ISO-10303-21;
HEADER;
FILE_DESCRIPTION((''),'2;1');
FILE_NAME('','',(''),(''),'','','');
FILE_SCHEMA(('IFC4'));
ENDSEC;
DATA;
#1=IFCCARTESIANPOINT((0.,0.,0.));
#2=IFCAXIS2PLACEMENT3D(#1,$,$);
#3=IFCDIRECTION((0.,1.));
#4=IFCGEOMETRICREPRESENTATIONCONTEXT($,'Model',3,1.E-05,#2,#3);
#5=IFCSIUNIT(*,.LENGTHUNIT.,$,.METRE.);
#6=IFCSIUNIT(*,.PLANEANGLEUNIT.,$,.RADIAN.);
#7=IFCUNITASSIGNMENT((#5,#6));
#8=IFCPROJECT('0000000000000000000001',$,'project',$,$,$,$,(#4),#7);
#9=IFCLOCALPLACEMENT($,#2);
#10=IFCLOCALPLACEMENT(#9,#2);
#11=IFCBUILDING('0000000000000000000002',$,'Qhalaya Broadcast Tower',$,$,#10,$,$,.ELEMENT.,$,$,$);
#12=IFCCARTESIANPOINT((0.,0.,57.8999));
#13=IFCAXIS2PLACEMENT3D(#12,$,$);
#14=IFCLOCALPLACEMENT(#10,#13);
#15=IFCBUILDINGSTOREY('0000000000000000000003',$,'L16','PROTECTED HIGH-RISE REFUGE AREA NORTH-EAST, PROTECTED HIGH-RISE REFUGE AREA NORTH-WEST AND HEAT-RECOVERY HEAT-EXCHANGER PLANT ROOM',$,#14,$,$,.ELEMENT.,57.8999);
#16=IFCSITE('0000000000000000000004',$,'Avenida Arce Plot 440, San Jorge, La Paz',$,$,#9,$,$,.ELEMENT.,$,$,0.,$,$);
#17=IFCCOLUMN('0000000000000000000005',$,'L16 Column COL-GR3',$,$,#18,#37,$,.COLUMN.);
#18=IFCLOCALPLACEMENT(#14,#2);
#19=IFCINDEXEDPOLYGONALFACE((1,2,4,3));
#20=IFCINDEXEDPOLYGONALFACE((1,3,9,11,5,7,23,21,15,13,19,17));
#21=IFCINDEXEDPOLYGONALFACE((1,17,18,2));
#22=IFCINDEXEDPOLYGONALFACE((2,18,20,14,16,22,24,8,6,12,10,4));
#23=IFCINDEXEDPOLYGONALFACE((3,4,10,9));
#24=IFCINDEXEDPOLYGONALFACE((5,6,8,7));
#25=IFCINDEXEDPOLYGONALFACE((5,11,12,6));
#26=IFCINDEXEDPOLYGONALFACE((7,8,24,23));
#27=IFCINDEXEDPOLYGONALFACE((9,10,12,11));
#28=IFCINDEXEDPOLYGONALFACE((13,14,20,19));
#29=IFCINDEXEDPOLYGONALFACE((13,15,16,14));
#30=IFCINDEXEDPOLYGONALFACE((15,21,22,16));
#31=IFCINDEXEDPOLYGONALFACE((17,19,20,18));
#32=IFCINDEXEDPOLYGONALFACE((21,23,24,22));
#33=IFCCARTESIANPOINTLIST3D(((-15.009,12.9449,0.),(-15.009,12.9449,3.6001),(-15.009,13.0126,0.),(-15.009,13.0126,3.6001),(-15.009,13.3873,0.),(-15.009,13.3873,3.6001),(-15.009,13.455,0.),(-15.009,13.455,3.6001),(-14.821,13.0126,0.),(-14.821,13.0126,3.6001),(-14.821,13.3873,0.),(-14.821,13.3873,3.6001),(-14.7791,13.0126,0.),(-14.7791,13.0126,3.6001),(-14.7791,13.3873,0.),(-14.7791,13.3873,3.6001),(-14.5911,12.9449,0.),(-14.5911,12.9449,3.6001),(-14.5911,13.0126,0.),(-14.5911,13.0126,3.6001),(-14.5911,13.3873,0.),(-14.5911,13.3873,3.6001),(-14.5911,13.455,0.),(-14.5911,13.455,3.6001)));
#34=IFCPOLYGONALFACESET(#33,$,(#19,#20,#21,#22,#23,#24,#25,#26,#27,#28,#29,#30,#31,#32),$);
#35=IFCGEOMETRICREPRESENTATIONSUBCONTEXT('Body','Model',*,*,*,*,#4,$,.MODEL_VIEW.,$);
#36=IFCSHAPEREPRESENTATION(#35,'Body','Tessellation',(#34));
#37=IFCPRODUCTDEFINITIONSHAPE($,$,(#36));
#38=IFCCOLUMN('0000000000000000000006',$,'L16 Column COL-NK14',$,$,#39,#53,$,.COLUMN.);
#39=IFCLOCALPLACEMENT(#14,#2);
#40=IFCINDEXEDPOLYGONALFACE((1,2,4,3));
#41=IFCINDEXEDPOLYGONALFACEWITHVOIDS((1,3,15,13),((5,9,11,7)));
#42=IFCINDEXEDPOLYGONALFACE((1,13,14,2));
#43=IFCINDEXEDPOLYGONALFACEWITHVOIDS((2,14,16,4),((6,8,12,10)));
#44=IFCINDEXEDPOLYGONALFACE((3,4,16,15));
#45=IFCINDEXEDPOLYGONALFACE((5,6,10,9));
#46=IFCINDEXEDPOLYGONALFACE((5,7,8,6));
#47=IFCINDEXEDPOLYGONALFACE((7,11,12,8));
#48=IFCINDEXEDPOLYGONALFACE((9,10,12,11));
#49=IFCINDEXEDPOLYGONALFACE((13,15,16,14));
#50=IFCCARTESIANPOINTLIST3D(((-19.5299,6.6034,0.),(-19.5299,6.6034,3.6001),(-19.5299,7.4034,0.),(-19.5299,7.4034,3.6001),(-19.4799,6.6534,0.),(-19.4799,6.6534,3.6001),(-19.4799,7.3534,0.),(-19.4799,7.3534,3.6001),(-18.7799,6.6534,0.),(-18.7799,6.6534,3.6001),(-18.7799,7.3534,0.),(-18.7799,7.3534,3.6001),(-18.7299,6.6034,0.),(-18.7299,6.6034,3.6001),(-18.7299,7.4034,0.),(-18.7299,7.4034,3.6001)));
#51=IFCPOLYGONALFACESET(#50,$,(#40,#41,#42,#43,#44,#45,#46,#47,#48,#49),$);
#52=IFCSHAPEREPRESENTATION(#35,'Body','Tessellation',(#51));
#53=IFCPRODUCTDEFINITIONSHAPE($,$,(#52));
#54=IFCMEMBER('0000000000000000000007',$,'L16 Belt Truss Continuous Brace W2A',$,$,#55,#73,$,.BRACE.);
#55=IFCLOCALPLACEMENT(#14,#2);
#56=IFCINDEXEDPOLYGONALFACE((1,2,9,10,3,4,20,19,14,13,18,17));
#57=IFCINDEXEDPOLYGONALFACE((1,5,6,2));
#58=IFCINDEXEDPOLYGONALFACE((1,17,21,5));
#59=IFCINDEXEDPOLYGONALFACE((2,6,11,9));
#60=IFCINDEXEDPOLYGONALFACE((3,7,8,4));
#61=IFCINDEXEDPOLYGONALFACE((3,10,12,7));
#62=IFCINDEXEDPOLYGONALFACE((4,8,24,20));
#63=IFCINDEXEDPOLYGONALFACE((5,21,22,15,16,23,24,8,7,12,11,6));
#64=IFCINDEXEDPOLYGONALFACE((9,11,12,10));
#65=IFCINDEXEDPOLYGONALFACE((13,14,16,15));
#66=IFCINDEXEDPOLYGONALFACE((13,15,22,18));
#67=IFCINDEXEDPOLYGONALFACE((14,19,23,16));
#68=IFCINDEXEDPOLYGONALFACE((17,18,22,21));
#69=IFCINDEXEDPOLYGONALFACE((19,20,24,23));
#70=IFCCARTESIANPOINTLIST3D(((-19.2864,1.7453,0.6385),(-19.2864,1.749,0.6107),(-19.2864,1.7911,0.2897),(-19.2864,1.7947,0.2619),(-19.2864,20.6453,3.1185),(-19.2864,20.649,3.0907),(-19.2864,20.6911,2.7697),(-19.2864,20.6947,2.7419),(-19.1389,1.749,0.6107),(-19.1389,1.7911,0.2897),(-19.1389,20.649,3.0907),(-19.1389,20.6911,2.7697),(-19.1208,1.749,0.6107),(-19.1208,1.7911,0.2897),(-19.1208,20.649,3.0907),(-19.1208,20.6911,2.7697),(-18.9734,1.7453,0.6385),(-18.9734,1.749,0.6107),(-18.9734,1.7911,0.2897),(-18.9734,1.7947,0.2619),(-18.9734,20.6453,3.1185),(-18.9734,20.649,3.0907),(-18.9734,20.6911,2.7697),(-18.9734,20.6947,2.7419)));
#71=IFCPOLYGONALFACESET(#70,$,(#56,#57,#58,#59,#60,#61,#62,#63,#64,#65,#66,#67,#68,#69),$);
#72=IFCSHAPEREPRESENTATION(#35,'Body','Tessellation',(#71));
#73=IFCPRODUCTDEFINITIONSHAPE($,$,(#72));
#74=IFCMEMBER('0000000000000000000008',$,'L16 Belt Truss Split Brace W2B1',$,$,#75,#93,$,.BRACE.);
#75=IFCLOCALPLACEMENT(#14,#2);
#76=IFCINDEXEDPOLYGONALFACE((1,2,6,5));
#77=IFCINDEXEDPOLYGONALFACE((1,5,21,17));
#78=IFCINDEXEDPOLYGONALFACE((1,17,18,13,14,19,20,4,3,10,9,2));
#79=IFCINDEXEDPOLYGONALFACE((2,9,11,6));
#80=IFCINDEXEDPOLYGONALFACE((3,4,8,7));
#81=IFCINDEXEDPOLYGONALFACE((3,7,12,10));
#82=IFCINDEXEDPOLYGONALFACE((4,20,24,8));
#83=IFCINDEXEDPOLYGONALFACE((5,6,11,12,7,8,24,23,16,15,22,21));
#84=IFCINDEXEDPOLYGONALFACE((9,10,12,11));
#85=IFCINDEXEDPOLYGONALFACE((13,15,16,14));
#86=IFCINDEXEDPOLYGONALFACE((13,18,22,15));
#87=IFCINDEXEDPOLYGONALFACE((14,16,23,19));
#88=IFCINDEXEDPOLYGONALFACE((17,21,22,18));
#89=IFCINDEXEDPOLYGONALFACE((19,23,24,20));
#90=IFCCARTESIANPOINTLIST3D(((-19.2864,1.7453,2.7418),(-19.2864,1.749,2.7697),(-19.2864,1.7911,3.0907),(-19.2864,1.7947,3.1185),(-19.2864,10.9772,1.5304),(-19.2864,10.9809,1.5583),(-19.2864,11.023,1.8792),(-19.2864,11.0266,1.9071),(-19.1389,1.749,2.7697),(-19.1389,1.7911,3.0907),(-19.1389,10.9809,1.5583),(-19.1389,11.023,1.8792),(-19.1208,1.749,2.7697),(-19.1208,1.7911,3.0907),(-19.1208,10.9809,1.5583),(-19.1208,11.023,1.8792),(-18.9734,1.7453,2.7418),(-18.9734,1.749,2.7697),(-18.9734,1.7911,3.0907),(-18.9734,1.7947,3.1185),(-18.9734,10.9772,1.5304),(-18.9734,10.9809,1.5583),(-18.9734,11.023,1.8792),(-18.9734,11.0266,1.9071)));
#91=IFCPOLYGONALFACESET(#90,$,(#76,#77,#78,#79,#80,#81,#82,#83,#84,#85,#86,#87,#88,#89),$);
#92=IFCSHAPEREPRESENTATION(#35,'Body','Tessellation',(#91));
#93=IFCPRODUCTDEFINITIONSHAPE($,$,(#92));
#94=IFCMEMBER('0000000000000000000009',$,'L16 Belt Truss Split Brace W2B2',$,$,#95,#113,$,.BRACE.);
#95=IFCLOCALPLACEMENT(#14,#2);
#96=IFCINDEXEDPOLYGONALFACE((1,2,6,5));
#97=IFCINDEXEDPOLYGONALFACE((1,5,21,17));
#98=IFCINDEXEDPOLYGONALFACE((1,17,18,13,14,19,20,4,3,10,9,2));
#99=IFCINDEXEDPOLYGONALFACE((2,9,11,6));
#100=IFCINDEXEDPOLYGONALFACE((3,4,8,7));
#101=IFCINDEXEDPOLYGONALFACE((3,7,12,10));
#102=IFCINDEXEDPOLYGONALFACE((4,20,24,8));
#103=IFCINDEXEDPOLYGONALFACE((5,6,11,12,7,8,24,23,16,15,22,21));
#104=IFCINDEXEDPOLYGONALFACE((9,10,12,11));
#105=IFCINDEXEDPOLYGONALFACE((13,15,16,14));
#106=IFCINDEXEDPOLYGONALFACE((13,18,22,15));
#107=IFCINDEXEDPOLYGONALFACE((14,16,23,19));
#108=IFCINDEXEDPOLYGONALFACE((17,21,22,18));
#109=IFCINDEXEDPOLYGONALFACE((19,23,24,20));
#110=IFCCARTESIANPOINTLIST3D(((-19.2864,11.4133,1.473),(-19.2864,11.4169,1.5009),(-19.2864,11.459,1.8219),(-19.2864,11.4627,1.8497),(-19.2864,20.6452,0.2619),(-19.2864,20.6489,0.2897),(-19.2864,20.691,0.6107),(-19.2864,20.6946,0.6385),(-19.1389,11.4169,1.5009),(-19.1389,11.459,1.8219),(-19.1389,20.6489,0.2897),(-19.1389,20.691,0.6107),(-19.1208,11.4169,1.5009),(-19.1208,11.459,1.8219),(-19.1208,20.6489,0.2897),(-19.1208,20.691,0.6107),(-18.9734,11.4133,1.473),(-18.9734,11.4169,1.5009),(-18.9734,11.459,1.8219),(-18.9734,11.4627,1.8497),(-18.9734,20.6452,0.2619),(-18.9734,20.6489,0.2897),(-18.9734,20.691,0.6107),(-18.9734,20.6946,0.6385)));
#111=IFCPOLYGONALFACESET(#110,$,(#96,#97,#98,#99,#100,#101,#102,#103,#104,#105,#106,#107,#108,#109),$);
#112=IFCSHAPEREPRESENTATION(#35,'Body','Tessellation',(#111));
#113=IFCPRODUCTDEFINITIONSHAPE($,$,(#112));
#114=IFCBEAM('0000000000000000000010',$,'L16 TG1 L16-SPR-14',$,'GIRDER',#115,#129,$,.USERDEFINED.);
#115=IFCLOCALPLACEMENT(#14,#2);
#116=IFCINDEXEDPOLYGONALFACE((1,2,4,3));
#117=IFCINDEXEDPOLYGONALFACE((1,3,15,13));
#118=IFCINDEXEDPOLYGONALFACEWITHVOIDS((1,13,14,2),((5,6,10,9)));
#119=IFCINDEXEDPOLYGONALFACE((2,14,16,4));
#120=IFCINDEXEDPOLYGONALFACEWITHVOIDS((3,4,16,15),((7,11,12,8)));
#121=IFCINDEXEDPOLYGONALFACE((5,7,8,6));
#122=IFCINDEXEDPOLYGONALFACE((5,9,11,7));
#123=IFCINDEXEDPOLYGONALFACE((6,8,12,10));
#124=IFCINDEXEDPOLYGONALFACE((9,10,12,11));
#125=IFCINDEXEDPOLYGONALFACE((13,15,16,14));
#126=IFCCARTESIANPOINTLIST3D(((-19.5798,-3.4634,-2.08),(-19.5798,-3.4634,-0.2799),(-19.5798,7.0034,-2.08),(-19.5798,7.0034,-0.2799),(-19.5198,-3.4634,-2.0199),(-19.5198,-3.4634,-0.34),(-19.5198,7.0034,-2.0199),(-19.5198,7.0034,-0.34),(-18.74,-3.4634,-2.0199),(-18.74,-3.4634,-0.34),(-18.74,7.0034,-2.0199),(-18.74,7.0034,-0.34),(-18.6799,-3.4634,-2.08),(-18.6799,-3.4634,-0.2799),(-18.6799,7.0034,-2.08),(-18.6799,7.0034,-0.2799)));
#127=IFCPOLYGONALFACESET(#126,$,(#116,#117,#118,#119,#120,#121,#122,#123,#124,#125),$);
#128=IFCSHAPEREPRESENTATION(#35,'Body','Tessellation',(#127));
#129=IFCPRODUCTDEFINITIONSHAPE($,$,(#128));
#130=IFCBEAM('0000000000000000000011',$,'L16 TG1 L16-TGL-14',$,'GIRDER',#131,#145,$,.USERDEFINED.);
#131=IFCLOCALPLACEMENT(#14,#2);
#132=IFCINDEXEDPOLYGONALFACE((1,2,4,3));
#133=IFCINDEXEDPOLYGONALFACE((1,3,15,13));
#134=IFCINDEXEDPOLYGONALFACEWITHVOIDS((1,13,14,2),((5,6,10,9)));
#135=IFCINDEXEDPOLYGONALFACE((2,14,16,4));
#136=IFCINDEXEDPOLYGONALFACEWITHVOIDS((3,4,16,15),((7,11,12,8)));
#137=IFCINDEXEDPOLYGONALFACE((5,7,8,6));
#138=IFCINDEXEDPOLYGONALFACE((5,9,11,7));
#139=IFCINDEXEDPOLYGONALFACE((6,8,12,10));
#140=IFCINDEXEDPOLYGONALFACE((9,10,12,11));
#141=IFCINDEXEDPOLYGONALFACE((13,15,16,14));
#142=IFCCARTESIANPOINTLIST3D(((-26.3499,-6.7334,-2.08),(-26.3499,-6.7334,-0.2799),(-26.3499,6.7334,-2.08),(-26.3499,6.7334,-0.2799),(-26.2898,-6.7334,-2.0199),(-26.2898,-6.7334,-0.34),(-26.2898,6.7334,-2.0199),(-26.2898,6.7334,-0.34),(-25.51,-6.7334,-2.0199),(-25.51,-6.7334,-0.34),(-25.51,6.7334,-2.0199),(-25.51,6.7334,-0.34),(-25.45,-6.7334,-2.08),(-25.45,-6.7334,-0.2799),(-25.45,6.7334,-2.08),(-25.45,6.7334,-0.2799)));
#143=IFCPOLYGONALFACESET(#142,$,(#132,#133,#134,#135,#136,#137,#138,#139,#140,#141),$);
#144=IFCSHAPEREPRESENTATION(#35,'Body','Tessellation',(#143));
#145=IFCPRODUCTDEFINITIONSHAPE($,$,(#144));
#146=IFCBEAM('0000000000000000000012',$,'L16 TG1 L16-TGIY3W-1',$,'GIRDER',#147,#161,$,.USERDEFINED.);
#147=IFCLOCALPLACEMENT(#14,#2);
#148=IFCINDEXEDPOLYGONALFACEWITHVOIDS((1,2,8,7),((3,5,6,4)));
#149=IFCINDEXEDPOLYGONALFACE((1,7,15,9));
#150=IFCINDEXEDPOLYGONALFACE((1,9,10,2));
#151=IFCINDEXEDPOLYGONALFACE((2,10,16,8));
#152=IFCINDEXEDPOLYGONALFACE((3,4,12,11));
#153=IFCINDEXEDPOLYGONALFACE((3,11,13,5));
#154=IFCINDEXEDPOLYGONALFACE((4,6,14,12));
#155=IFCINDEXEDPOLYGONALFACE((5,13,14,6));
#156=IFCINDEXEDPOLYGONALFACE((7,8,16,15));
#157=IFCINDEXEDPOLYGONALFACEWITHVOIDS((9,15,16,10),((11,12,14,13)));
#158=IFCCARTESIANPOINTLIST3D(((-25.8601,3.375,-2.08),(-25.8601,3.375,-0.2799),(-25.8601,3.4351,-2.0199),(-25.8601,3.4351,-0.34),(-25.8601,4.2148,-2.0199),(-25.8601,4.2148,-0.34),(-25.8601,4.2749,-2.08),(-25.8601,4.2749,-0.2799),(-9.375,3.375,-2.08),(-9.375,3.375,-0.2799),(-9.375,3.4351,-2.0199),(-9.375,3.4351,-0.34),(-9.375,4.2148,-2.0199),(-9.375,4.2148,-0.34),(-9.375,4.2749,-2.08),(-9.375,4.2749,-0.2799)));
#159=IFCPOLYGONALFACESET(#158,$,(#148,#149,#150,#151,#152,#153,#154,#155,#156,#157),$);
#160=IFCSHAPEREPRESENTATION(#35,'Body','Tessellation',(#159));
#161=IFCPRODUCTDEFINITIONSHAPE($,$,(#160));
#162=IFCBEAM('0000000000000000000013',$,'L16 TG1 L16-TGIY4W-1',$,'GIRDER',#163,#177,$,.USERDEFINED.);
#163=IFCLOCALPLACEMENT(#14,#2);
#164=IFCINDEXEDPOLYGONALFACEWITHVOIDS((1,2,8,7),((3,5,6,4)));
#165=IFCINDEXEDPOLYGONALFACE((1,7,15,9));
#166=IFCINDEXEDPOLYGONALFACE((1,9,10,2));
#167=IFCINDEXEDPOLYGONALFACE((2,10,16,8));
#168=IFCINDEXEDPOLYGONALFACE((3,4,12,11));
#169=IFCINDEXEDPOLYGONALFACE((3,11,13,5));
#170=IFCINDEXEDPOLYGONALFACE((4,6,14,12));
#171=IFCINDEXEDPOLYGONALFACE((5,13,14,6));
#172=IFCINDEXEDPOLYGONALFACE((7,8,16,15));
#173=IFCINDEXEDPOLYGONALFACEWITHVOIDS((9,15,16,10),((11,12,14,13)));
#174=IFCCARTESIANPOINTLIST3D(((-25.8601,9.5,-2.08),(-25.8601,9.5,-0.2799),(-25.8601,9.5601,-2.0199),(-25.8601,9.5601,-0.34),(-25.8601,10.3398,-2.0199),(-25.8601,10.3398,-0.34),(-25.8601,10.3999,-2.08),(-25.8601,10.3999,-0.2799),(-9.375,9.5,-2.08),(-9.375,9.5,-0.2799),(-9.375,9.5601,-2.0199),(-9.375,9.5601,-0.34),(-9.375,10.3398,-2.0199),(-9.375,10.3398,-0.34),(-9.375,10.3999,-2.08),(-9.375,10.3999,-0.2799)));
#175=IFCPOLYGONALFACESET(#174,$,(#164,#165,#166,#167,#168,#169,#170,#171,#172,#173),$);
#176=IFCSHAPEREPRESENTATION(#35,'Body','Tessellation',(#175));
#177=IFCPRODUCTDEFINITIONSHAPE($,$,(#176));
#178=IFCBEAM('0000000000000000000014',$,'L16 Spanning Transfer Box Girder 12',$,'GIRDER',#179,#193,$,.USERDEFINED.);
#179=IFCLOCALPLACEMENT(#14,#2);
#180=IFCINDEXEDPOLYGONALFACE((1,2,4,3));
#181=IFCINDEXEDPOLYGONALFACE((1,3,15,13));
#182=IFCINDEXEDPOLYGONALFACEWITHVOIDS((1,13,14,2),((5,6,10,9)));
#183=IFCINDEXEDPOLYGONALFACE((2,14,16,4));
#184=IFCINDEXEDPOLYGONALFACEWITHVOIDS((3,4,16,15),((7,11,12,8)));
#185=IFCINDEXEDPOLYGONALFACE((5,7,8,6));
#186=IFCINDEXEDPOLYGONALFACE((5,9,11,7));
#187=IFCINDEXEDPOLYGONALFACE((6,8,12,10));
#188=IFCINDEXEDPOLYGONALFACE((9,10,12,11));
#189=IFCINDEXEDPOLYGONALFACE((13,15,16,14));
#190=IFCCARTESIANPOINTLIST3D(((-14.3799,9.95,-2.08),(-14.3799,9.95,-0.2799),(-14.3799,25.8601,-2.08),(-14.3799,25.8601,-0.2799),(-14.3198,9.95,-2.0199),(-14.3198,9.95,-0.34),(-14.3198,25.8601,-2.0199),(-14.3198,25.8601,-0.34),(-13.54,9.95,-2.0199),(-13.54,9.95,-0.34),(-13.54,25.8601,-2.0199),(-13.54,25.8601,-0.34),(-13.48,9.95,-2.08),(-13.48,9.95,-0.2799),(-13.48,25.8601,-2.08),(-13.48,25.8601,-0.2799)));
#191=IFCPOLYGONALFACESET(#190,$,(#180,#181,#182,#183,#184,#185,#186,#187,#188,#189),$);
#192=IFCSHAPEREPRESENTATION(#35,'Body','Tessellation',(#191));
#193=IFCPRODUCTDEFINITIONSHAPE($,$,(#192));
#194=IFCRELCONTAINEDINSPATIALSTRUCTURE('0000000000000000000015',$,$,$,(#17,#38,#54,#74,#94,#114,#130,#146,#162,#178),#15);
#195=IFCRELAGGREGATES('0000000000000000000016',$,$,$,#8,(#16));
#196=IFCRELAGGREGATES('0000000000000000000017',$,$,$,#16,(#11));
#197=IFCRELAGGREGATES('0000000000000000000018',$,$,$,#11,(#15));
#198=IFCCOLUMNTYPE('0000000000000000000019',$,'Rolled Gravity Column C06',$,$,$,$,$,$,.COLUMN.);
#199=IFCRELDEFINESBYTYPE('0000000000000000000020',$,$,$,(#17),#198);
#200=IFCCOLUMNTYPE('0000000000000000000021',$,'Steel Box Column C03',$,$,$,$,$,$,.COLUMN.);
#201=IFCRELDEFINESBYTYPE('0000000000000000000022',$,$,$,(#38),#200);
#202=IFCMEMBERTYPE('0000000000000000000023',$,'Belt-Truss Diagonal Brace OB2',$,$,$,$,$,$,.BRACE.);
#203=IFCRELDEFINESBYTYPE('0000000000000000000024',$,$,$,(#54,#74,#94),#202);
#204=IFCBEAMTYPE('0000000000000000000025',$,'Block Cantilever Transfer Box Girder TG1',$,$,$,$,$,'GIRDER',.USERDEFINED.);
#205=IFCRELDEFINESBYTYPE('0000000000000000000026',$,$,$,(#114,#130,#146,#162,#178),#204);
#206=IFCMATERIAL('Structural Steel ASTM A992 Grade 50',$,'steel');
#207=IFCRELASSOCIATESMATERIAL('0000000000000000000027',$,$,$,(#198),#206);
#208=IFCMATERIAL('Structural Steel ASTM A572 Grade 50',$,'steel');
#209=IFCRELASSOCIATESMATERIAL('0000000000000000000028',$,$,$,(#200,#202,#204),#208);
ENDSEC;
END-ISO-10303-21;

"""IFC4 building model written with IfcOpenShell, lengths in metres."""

from ifc_helpers import new_model, si_unit, direction, frame, origin, origin_2d, place, context, subcontext, project, spatial, hollow_rectangle, i_section, extrude, material, material_profile, profile_set, type_object, element, save


model = new_model("IFC4")

# Units and contexts
model_context = context("Model", 3, precision=1e-05, world=origin(), true_north=direction((0.0, 1.0)))
body_context = subcontext(model_context, "Body", "Model", "MODEL_VIEW")
ifc_project = project(units=[si_unit("LENGTHUNIT", "METRE"), si_unit("PLANEANGLEUNIT", "RADIAN")], contexts=[model_context])

# Site, building, storey
site_placement = place(None, origin())
site = spatial("IfcSite", under=ifc_project, at=site_placement, Name="Avenida Arce Plot 440, San Jorge, La Paz", CompositionType="ELEMENT", RefElevation=0.0)
building_placement = place(site_placement, origin())
building = spatial("IfcBuilding", under=site, at=building_placement, Name="Qhalaya Broadcast Tower", CompositionType="ELEMENT")
storey_placement = place(building_placement, frame((0.0, 0.0, 57.8999)))
storey = spatial("IfcBuildingStorey", under=building, at=storey_placement, Name="L16", Description="PROTECTED HIGH-RISE REFUGE AREA NORTH-EAST, PROTECTED HIGH-RISE REFUGE AREA NORTH-WEST AND HEAT-RECOVERY HEAT-EXCHANGER PLANT ROOM", CompositionType="ELEMENT", Elevation=57.8999)

# Columns
ifc_material_1 = material(Name="Structural Steel ASTM A992 Grade 50", Category="steel")
ifc_material_profile_1 = material_profile(ifc_material_1, i_section(OverallWidth=0.418, OverallDepth=0.51, WebThickness=0.042, FlangeThickness=0.0676, at=origin_2d()), Name="W14X370")
ifc_profile_set_1 = profile_set([ifc_material_profile_1], Name="Structural Steel ASTM A992 Grade 50")
column_type_1 = type_object("IfcColumnType", Name="Rolled Gravity Column C06", PredefinedType="COLUMN", material=ifc_profile_set_1)
column_1_placement = place(storey_placement, frame((-14.8, 13.2, 0.0), z_axis=(0.0, 0.0, 1.0), x_axis=(1.0, 0.0, 0.0)))
element("IfcColumn", 1, at=column_1_placement, inside=storey, type_object=column_type_1, Name="L16 Column COL-GR3", PredefinedType="COLUMN", context=body_context, shape_type="SweptSolid", body=[
    extrude(i_section(OverallWidth=0.418, OverallDepth=0.51, WebThickness=0.042, FlangeThickness=0.0676, at=origin_2d()), origin(), (0.0, 0.0, 1.0), 3.6001),
])
ifc_material_2 = material(Name="Structural Steel ASTM A572 Grade 50", Category="steel")
ifc_material_profile_2 = material_profile(ifc_material_2, hollow_rectangle(XDim=0.8, YDim=0.8, WallThickness=0.05, at=origin_2d()), Name="BOX 800x800x50")
ifc_profile_set_2 = profile_set([ifc_material_profile_2], Name="Structural Steel ASTM A572 Grade 50")
column_type_2 = type_object("IfcColumnType", Name="Steel Box Column C03", PredefinedType="COLUMN", material=ifc_profile_set_2)
column_2_placement = place(storey_placement, frame((-19.1299, 7.0034, 0.0), z_axis=(0.0, 0.0, 1.0), x_axis=(0.0, 1.0, 0.0)))
element("IfcColumn", 2, at=column_2_placement, inside=storey, type_object=column_type_2, Name="L16 Column COL-NK14", PredefinedType="COLUMN", context=body_context, shape_type="SweptSolid", body=[
    extrude(hollow_rectangle(XDim=0.8, YDim=0.8, WallThickness=0.05, at=origin_2d()), origin(), (0.0, 0.0, 1.0), 3.6001),
])

# Members
ifc_material_profile_3 = material_profile(ifc_material_2, i_section(OverallWidth=0.313, OverallDepth=0.3799, WebThickness=0.0181, FlangeThickness=0.0281, at=origin_2d()), Name="W12X120")
ifc_profile_set_3 = profile_set([ifc_material_profile_3], Name="Structural Steel ASTM A572 Grade 50")
member_type = type_object("IfcMemberType", Name="Belt-Truss Diagonal Brace OB2", PredefinedType="BRACE", material=ifc_profile_set_3)
member_placement = place(storey_placement, frame((-19.1299, 1.77, 0.4502), z_axis=(0.0, 0.991501, 0.130101), x_axis=(-1.0, 0.0, 0.0)))
element("IfcMember", 3, at=member_placement, inside=storey, type_object=member_type, Name="L16 Belt Truss Continuous Brace W2A", PredefinedType="BRACE", context=body_context, shape_type="SweptSolid", body=[
    extrude(i_section(OverallWidth=0.313, OverallDepth=0.3799, WebThickness=0.0181, FlangeThickness=0.0281, at=origin_2d()), origin(), (0.0, 0.0, 1.0), 19.062),
])
for number, where, z_axis, x_axis, name in (
    (4, (-19.1299, 1.77, 2.9302), (0.0, 0.9915, -0.130106), (-1.0, 0.0, 0.0), "L16 Belt Truss Split Brace W2B1"),
    (5, (-19.1299, 11.438, 1.6614), (0.0, 0.991503, -0.13008), (-1.0, 0.0, 0.0), "L16 Belt Truss Split Brace W2B2"),
):
    element("IfcMember", number, at=place(storey_placement, frame(where, z_axis=z_axis, x_axis=x_axis)), inside=storey, type_object=member_type, Name=name, PredefinedType="BRACE", context=body_context, shape_type="SweptSolid", body=[
        extrude(i_section(OverallWidth=0.313, OverallDepth=0.3799, WebThickness=0.0181, FlangeThickness=0.0281, at=origin_2d()), origin(), (0.0, 0.0, 1.0), 9.311),
    ])

# Beams
ifc_material_profile_4 = material_profile(ifc_material_2, hollow_rectangle(XDim=0.8999, YDim=1.8, WallThickness=0.0601, at=origin_2d()), Name="BOX 900x1800x60")
ifc_profile_set_4 = profile_set([ifc_material_profile_4], Name="Structural Steel ASTM A572 Grade 50")
beam_type = type_object("IfcBeamType", Name="Block Cantilever Transfer Box Girder TG1", ElementType="GIRDER", PredefinedType="USERDEFINED", material=ifc_profile_set_4)
beam_1_placement = place(storey_placement, frame((-19.1299, 7.0034, -1.1799), z_axis=(0.0, -1.0, 0.0), x_axis=(1.0, 0.0, 0.0)))
element("IfcBeam", 6, at=beam_1_placement, inside=storey, type_object=beam_type, Name="L16 TG1 L16-SPR-14", ObjectType="GIRDER", PredefinedType="USERDEFINED", context=body_context, shape_type="SweptSolid", body=[
    extrude(hollow_rectangle(XDim=0.8999, YDim=1.8, WallThickness=0.0601, at=origin_2d()), origin(), (0.0, 0.0, 1.0), 10.4668),
])
beam_2_placement = place(storey_placement, frame((-25.8999, 6.7334, -1.1799), z_axis=(0.0, -1.0, 0.0), x_axis=(1.0, 0.0, 0.0)))
element("IfcBeam", 7, at=beam_2_placement, inside=storey, type_object=beam_type, Name="L16 TG1 L16-TGL-14", ObjectType="GIRDER", PredefinedType="USERDEFINED", context=body_context, shape_type="SweptSolid", body=[
    extrude(hollow_rectangle(XDim=0.8999, YDim=1.8, WallThickness=0.0601, at=origin_2d()), origin(), (0.0, 0.0, 1.0), 13.4668),
])
for number, where, z_axis, x_axis, name in (
    (8, (-25.8601, 3.825, -1.1799), (1.0, 0.0, 0.0), (0.0, 1.0, 0.0), "L16 TG1 L16-TGIY3W-1"),
    (9, (-25.8601, 9.95, -1.1799), (1.0, 0.0, 0.0), (0.0, 1.0, 0.0), "L16 TG1 L16-TGIY4W-1"),
):
    element("IfcBeam", number, at=place(storey_placement, frame(where, z_axis=z_axis, x_axis=x_axis)), inside=storey, type_object=beam_type, Name=name, ObjectType="GIRDER", PredefinedType="USERDEFINED", context=body_context, shape_type="SweptSolid", body=[
        extrude(hollow_rectangle(XDim=0.8999, YDim=1.8, WallThickness=0.0601, at=origin_2d()), origin(), (0.0, 0.0, 1.0), 16.4851),
    ])
beam_3_placement = place(storey_placement, frame((-13.9299, 9.95, -1.1799), z_axis=(0.0, 1.0, 0.0), x_axis=(-1.0, 0.0, 0.0)))
element("IfcBeam", 10, at=beam_3_placement, inside=storey, type_object=beam_type, Name="L16 Spanning Transfer Box Girder 12", ObjectType="GIRDER", PredefinedType="USERDEFINED", context=body_context, shape_type="SweptSolid", body=[
    extrude(hollow_rectangle(XDim=0.8999, YDim=1.8, WallThickness=0.0601, at=origin_2d()), origin(), (0.0, 0.0, 1.0), 15.9102),
])

save(model, "model.ifc")
